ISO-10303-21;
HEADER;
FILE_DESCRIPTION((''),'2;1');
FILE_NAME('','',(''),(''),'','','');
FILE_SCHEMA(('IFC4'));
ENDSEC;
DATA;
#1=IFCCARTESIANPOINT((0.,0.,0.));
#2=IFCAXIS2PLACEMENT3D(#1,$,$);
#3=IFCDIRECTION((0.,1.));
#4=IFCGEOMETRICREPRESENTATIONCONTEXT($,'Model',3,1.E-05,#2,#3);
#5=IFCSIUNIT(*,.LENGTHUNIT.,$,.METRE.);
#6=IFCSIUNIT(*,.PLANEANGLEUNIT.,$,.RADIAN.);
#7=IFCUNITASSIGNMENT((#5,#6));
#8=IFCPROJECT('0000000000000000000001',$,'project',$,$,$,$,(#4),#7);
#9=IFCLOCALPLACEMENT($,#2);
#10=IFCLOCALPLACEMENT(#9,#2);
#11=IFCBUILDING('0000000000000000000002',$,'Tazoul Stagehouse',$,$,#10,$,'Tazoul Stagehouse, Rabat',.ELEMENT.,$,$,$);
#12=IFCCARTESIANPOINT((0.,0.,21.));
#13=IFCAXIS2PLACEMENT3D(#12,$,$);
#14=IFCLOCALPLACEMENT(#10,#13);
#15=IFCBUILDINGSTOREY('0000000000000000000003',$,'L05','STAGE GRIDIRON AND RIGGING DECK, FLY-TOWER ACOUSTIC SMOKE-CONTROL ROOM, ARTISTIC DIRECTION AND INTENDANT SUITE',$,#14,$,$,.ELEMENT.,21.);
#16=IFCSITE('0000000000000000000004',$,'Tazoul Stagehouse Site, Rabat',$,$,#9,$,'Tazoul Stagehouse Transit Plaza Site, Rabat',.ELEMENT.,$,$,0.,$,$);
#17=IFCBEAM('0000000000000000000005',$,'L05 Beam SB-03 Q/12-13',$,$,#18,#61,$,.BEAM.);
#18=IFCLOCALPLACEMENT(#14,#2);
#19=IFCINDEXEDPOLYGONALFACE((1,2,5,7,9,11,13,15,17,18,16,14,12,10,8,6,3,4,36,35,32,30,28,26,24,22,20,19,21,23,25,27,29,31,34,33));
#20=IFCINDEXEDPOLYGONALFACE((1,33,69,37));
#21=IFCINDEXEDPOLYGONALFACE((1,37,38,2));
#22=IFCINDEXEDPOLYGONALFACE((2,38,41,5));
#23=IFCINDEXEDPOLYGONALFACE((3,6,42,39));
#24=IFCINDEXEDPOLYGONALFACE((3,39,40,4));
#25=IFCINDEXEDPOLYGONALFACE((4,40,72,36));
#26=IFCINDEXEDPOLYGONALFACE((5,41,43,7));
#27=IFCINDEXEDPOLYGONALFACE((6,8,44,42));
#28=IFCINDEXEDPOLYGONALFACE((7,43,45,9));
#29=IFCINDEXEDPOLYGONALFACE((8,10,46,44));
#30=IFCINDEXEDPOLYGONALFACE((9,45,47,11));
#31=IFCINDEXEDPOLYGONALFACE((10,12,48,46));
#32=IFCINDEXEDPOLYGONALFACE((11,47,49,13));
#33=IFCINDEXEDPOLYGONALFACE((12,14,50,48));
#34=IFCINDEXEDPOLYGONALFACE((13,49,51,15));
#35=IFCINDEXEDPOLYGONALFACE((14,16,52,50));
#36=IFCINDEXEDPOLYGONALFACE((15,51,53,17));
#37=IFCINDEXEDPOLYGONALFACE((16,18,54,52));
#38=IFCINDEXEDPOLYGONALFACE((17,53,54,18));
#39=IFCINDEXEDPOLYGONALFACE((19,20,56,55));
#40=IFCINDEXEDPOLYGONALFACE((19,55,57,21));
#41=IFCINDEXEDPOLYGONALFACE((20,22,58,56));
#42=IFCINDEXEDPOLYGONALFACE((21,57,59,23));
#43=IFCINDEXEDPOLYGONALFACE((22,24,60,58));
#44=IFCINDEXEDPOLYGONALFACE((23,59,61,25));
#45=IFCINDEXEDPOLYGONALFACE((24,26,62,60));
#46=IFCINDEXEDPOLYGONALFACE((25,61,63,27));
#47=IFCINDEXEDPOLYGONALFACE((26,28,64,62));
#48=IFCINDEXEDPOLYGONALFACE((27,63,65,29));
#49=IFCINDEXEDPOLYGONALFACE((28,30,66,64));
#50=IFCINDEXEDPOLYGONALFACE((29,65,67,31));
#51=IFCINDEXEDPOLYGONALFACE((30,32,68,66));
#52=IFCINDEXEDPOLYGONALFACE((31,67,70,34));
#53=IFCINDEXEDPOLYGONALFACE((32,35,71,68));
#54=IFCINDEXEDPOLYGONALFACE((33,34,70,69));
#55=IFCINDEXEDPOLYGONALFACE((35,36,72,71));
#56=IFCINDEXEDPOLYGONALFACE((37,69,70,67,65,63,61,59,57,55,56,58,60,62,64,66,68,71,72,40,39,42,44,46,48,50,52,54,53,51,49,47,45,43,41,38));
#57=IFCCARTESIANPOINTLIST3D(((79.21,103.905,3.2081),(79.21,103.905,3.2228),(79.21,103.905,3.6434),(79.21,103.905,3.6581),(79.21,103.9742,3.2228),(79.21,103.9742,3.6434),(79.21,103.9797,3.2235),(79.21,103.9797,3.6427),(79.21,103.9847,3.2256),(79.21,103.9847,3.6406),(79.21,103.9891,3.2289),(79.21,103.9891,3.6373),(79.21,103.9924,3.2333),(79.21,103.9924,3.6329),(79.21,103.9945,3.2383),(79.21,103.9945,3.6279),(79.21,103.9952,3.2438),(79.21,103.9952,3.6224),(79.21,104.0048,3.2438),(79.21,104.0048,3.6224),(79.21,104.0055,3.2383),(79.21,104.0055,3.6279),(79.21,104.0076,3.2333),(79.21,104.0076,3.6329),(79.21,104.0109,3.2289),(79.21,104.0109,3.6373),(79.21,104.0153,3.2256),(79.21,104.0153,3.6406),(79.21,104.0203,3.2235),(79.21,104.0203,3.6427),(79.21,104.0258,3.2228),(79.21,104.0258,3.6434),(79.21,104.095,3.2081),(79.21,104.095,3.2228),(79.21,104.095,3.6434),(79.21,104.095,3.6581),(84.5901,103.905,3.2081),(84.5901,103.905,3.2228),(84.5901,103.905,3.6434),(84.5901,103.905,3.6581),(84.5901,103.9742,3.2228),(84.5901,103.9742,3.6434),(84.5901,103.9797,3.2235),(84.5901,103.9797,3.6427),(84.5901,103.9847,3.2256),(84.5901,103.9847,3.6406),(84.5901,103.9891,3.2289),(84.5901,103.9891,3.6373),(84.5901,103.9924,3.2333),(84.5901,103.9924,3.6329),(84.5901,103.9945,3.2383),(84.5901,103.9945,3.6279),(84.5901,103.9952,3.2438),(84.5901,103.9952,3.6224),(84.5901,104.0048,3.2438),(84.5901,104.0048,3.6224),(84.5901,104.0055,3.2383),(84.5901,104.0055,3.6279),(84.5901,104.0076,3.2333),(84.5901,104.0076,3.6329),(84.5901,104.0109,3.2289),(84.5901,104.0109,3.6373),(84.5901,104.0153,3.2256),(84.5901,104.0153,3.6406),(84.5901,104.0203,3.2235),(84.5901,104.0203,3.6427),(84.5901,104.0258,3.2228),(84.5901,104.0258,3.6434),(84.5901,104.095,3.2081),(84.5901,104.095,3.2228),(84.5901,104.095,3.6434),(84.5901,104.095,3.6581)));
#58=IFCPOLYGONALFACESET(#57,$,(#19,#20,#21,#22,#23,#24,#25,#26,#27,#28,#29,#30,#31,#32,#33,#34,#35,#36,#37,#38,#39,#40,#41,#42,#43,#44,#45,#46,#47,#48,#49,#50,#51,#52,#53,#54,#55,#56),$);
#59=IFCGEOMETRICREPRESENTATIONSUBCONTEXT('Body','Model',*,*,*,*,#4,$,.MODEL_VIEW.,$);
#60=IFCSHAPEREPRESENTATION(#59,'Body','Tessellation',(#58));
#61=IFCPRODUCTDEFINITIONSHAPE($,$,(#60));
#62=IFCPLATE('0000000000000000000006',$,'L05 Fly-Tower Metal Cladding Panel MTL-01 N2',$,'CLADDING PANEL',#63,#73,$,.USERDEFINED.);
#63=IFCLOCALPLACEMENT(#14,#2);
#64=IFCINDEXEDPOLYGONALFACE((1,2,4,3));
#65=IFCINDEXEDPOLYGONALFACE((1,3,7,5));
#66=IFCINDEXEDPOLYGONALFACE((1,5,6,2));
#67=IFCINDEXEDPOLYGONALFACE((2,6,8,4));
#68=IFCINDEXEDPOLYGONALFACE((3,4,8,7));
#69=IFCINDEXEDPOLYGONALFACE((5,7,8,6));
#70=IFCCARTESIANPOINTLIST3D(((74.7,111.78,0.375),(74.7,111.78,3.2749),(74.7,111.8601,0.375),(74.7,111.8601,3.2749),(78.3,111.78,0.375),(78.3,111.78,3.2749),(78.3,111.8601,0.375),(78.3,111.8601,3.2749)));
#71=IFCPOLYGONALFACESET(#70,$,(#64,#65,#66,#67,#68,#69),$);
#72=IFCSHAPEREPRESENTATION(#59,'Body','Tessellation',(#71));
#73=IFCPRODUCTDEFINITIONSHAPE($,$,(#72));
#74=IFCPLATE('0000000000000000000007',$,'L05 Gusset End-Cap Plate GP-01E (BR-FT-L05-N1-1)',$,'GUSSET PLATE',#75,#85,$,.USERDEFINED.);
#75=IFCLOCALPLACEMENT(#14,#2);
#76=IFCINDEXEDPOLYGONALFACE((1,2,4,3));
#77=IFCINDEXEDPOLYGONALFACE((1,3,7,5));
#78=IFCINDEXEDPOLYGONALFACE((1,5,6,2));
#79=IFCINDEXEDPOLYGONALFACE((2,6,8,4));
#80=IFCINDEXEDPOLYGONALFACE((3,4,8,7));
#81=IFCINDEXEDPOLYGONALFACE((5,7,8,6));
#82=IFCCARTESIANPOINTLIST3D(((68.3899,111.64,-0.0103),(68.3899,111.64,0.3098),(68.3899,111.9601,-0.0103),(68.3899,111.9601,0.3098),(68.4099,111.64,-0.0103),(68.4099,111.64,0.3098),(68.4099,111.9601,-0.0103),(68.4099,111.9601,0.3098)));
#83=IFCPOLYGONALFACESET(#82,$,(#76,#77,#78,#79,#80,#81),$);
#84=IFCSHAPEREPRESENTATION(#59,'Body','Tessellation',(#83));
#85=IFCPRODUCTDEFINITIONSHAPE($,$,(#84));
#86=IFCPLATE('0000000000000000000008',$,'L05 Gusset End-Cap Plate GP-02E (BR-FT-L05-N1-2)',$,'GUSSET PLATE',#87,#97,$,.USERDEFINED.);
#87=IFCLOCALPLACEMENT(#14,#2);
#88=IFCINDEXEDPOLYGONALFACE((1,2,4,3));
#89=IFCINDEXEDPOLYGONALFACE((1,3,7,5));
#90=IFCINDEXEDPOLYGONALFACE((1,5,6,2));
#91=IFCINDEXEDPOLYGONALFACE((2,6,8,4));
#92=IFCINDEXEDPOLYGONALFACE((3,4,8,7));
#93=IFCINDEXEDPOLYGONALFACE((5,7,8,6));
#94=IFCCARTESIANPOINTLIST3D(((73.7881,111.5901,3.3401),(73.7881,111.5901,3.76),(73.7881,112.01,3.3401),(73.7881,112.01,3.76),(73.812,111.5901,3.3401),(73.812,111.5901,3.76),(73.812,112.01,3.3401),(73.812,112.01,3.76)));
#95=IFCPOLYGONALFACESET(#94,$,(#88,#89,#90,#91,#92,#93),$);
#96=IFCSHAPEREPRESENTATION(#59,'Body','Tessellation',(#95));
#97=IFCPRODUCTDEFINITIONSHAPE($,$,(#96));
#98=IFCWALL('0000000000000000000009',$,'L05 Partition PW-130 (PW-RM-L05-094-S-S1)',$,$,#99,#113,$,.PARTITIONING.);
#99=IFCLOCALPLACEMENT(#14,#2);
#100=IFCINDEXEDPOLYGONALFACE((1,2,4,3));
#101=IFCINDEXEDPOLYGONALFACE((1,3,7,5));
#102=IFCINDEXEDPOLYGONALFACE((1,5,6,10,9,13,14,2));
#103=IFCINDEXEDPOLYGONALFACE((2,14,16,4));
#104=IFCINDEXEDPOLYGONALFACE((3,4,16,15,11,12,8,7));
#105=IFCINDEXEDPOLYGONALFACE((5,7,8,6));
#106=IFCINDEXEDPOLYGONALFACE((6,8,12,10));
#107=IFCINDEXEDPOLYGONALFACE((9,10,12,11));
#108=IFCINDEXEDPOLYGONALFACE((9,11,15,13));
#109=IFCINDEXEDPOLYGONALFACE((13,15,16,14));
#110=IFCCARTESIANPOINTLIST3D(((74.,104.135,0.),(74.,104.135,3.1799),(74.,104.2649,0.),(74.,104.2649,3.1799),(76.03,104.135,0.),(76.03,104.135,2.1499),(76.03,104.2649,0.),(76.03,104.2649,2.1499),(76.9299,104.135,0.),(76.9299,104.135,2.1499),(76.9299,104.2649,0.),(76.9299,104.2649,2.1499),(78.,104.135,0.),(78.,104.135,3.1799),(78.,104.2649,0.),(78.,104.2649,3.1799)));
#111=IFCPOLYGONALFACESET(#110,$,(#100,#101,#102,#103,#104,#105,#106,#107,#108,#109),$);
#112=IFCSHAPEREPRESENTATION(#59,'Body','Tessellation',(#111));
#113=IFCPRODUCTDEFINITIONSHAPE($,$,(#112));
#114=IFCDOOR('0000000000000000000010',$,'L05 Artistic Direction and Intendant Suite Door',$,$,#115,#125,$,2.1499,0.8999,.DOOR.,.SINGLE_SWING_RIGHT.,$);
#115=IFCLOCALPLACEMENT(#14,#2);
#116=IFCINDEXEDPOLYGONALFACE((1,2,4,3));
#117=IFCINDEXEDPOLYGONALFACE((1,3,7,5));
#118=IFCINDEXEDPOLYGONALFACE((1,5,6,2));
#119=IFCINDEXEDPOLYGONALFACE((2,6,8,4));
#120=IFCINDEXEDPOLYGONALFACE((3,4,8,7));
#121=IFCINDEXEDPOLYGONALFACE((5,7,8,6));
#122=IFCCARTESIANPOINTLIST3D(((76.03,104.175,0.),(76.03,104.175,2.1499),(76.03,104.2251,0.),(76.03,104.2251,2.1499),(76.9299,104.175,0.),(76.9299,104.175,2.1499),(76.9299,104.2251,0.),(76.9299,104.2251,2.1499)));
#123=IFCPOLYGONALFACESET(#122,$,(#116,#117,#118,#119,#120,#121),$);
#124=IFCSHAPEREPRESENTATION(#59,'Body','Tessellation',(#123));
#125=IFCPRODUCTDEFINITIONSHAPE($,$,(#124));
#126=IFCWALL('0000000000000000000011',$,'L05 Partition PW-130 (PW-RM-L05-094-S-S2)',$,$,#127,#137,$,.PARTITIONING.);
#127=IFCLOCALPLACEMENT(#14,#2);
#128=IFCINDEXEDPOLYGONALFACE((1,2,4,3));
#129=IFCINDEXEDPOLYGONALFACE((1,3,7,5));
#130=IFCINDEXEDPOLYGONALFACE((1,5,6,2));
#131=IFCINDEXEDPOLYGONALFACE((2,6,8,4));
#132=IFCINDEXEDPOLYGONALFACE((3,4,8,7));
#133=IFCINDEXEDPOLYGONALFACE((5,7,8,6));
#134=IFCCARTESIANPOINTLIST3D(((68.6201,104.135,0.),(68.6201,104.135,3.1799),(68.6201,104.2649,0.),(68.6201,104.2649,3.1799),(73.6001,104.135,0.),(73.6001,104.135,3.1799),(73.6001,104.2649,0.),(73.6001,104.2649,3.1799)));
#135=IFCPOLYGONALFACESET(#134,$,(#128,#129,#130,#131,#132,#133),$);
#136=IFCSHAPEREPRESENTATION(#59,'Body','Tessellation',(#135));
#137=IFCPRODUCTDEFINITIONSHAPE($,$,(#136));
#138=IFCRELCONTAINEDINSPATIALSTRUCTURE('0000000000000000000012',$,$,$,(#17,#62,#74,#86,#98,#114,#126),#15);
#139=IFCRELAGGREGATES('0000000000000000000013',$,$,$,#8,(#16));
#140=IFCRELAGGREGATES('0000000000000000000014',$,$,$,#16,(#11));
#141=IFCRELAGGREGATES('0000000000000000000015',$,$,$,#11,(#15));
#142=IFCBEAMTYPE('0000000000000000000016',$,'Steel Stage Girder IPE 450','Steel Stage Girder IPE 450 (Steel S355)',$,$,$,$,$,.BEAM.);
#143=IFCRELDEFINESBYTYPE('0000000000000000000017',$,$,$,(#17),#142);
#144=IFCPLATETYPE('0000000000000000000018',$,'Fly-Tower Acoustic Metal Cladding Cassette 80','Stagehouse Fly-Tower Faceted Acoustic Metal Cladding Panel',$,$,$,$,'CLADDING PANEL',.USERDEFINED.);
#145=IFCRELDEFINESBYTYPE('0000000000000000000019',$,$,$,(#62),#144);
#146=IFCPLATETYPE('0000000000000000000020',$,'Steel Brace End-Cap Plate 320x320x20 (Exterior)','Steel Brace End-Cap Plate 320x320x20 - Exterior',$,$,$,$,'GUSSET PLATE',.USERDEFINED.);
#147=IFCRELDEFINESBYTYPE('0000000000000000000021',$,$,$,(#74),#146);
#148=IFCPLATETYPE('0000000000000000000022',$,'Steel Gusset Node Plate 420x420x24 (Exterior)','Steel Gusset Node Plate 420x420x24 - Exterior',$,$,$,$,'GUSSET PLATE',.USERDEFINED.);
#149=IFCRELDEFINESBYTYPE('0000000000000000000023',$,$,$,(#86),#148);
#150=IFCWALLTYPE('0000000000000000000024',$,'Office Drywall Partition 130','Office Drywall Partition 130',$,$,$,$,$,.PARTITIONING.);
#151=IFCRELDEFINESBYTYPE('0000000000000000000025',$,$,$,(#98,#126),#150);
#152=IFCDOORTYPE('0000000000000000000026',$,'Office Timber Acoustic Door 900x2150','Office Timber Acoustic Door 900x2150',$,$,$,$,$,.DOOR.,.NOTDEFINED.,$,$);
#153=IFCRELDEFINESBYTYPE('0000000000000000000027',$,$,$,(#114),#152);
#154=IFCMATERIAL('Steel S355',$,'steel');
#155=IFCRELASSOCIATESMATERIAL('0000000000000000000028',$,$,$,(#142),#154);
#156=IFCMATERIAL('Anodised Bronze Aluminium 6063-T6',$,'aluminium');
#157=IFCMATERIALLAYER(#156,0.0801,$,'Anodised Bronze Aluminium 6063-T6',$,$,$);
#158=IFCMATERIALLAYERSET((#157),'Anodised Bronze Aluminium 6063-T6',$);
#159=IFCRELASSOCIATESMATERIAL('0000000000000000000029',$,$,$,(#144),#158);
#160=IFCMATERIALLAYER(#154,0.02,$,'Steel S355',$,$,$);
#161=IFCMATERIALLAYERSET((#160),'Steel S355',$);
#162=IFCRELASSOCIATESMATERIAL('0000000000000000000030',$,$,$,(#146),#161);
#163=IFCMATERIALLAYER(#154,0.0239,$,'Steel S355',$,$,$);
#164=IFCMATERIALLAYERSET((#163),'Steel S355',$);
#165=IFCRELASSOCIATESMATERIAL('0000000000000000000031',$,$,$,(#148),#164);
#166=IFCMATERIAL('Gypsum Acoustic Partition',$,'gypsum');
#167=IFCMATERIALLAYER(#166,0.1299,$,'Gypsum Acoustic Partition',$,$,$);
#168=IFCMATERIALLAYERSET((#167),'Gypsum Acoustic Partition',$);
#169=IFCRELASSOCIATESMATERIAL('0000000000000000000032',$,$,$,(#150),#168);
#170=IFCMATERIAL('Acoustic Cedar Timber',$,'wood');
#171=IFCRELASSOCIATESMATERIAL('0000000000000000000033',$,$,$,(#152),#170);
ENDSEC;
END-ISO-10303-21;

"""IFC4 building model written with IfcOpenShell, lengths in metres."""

from ifc_helpers import new_model, si_unit, direction, frame, frame_2d, origin, origin_2d, place, context, subcontext, project, spatial, rectangle, i_section, extrude, material, layer, layer_set, material_profile, profile_set, type_object, element, fill, save


model = new_model("IFC4")

# Units and contexts
model_context = context("Model", 3, precision=1e-05, world=origin(), true_north=direction((0.0, 1.0)))
body_context = subcontext(model_context, "Body", "Model", "MODEL_VIEW")
ifc_project = project(units=[si_unit("LENGTHUNIT", "METRE"), si_unit("PLANEANGLEUNIT", "RADIAN")], contexts=[model_context])

# Site, building, storey
site_placement = place(None, origin())
site = spatial("IfcSite", under=ifc_project, at=site_placement, Name="Tazoul Stagehouse Site, Rabat", LongName="Tazoul Stagehouse Transit Plaza Site, Rabat", CompositionType="ELEMENT", RefElevation=0.0)
building_placement = place(site_placement, origin())
building = spatial("IfcBuilding", under=site, at=building_placement, Name="Tazoul Stagehouse", LongName="Tazoul Stagehouse, Rabat", CompositionType="ELEMENT")
storey_placement = place(building_placement, frame((0.0, 0.0, 21.0)))
storey = spatial("IfcBuildingStorey", under=building, at=storey_placement, Name="L05", Description="STAGE GRIDIRON AND RIGGING DECK, FLY-TOWER ACOUSTIC SMOKE-CONTROL ROOM, ARTISTIC DIRECTION AND INTENDANT SUITE", CompositionType="ELEMENT", Elevation=21.0)

# Shared definitions
ifc_material_1 = material(Name="Steel S355", Category="steel")

# Beam
ifc_material_profile_1 = material_profile(ifc_material_1, i_section(OverallWidth=0.1899, OverallDepth=0.45, WebThickness=0.0095, FlangeThickness=0.0146, FilletRadius=0.021, at=origin_2d()), Name="IPE 450")
ifc_profile_set_1 = profile_set([ifc_material_profile_1], Name="Steel S355")
beam_type_1 = type_object("IfcBeamType", Name="Steel Stage Girder IPE 450", Description="Steel Stage Girder IPE 450 (Steel S355)", PredefinedType="BEAM", material=ifc_profile_set_1)
beam_1_placement = place(storey_placement, frame((79.21, 104.0, 3.4331), z_axis=(1.0, 0.0, 0.0), x_axis=(0.0, 1.0, 0.0)))
element("IfcBeam", 1, at=beam_1_placement, inside=storey, type_object=beam_type_1, Name="L05 Beam SB-03 Q/12-13", PredefinedType="BEAM", context=body_context, shape_type="SweptSolid", body=[
    extrude(i_section(OverallWidth=0.1899, OverallDepth=0.45, WebThickness=0.0095, FlangeThickness=0.0146, FilletRadius=0.021, at=origin_2d()), origin(), (0.0, 0.0, 1.0), 5.3801),
])

# Plates
ifc_material_2 = material(Name="Anodised Bronze Aluminium 6063-T6", Category="aluminium")
ifc_layer_1 = layer(ifc_material_2, 0.0801, Name="Anodised Bronze Aluminium 6063-T6")
ifc_layer_set_1 = layer_set([ifc_layer_1], Name="Anodised Bronze Aluminium 6063-T6")
plate_type_1 = type_object("IfcPlateType", Name="Fly-Tower Acoustic Metal Cladding Cassette 80", Description="Stagehouse Fly-Tower Faceted Acoustic Metal Cladding Panel", ElementType="CLADDING PANEL", PredefinedType="USERDEFINED", material=ifc_layer_set_1)
plate_1_placement = place(storey_placement, frame((76.5, 111.8201, 0.375), z_axis=(0.0, 0.0, 1.0), x_axis=(1.0, 0.0, 0.0)))
element("IfcPlate", 2, at=plate_1_placement, inside=storey, type_object=plate_type_1, Name="L05 Fly-Tower Metal Cladding Panel MTL-01 N2", ObjectType="CLADDING PANEL", PredefinedType="USERDEFINED", context=body_context, shape_type="SweptSolid", body=[
    extrude(rectangle(XDim=3.6001, YDim=0.0801, at=origin_2d()), origin(), (0.0, 0.0, 1.0), 2.8999),
])
ifc_layer_2 = layer(ifc_material_1, 0.02, Name="Steel S355")
ifc_layer_set_2 = layer_set([ifc_layer_2], Name="Steel S355")
plate_type_2 = type_object("IfcPlateType", Name="Steel Brace End-Cap Plate 320x320x20 (Exterior)", Description="Steel Brace End-Cap Plate 320x320x20 - Exterior", ElementType="GUSSET PLATE", PredefinedType="USERDEFINED", material=ifc_layer_set_2)
plate_2_placement = place(storey_placement, frame((68.3999, 111.8, -0.0103), z_axis=(0.0, 0.0, 1.0), x_axis=(1.0, 0.0, 0.0)))
element("IfcPlate", 3, at=plate_2_placement, inside=storey, type_object=plate_type_2, Name="L05 Gusset End-Cap Plate GP-01E (BR-FT-L05-N1-1)", ObjectType="GUSSET PLATE", PredefinedType="USERDEFINED", context=body_context, shape_type="SweptSolid", body=[
    extrude(rectangle(XDim=0.02, YDim=0.3201, at=origin_2d()), origin(), (0.0, 0.0, 1.0), 0.3201),
])
ifc_layer_3 = layer(ifc_material_1, 0.0239, Name="Steel S355")
ifc_layer_set_3 = layer_set([ifc_layer_3], Name="Steel S355")
plate_type_3 = type_object("IfcPlateType", Name="Steel Gusset Node Plate 420x420x24 (Exterior)", Description="Steel Gusset Node Plate 420x420x24 - Exterior", ElementType="GUSSET PLATE", PredefinedType="USERDEFINED", material=ifc_layer_set_3)
plate_3_placement = place(storey_placement, frame((73.8, 111.8, 3.3401), z_axis=(0.0, 0.0, 1.0), x_axis=(1.0, 0.0, 0.0)))
element("IfcPlate", 4, at=plate_3_placement, inside=storey, type_object=plate_type_3, Name="L05 Gusset End-Cap Plate GP-02E (BR-FT-L05-N1-2)", ObjectType="GUSSET PLATE", PredefinedType="USERDEFINED", context=body_context, shape_type="SweptSolid", body=[
    extrude(rectangle(XDim=0.0239, YDim=0.4199, at=origin_2d()), origin(), (0.0, 0.0, 1.0), 0.4199),
])

# Wall, opening, door
ifc_material_3 = material(Name="Gypsum Acoustic Partition", Category="gypsum")
ifc_layer_4 = layer(ifc_material_3, 0.1299, Name="Gypsum Acoustic Partition")
ifc_layer_set_4 = layer_set([ifc_layer_4], Name="Gypsum Acoustic Partition")
wall_type = type_object("IfcWallType", Name="Office Drywall Partition 130", Description="Office Drywall Partition 130", PredefinedType="PARTITIONING", material=ifc_layer_set_4)
wall_1_placement = place(storey_placement, frame((78.0, 104.2, 0.0), z_axis=(0.0, 0.0, 1.0), x_axis=(-1.0, 0.0, 0.0)))
wall_1 = element("IfcWall", 5, at=wall_1_placement, inside=storey, type_object=wall_type, Name="L05 Partition PW-130 (PW-RM-L05-094-S-S1)", PredefinedType="PARTITIONING", context=body_context, shape_type="SweptSolid", body=[
    extrude(rectangle(XDim=4.0, YDim=0.1299, at=frame_2d((2.0, 0.0))), origin(), (0.0, 0.0, 1.0), 3.1799),
])
opening_placement = place(wall_1_placement, frame((1.0701, 0.0, 0.0)))
opening = element("IfcOpeningElement", 6, at=opening_placement, cuts=wall_1, PredefinedType="OPENING", context=body_context, shape_type="SweptSolid", body=[
    extrude(rectangle(XDim=0.8999, YDim=2.1499, at=frame_2d((0.45, 1.075))), frame((0.0, 0.085, 0.0), z_axis=(0.0, -1.0, 0.0), x_axis=(1.0, 0.0, 0.0)), (0.0, 0.0, 1.0), 0.1699),
])
ifc_material_4 = material(Name="Acoustic Cedar Timber", Category="wood")
door_type = type_object("IfcDoorType", Name="Office Timber Acoustic Door 900x2150", Description="Office Timber Acoustic Door 900x2150", OperationType="NOTDEFINED", PredefinedType="DOOR", material=ifc_material_4)
door_placement = place(opening_placement, origin())
door = element("IfcDoor", 7, at=door_placement, inside=storey, type_object=door_type, Name="L05 Artistic Direction and Intendant Suite Door", OperationType="SINGLE_SWING_RIGHT", OverallHeight=2.1499, OverallWidth=0.8999, PredefinedType="DOOR", context=body_context, shape_type="SweptSolid", body=[
    extrude(rectangle(XDim=0.8999, YDim=2.1499, at=frame_2d((0.45, 1.075))), frame((0.0, 0.0249, 0.0), z_axis=(0.0, -1.0, 0.0), x_axis=(1.0, 0.0, 0.0)), (0.0, 0.0, 1.0), 0.05),
])
fill(opening, door)

# Wall
wall_2_placement = place(storey_placement, frame((73.6001, 104.2, 0.0), z_axis=(0.0, 0.0, 1.0), x_axis=(-1.0, 0.0, 0.0)))
element("IfcWall", 8, at=wall_2_placement, inside=storey, type_object=wall_type, Name="L05 Partition PW-130 (PW-RM-L05-094-S-S2)", PredefinedType="PARTITIONING", context=body_context, shape_type="SweptSolid", body=[
    extrude(rectangle(XDim=4.98, YDim=0.1299, at=frame_2d((2.49, 0.0))), origin(), (0.0, 0.0, 1.0), 3.1799),
])

save(model, "model.ifc")
